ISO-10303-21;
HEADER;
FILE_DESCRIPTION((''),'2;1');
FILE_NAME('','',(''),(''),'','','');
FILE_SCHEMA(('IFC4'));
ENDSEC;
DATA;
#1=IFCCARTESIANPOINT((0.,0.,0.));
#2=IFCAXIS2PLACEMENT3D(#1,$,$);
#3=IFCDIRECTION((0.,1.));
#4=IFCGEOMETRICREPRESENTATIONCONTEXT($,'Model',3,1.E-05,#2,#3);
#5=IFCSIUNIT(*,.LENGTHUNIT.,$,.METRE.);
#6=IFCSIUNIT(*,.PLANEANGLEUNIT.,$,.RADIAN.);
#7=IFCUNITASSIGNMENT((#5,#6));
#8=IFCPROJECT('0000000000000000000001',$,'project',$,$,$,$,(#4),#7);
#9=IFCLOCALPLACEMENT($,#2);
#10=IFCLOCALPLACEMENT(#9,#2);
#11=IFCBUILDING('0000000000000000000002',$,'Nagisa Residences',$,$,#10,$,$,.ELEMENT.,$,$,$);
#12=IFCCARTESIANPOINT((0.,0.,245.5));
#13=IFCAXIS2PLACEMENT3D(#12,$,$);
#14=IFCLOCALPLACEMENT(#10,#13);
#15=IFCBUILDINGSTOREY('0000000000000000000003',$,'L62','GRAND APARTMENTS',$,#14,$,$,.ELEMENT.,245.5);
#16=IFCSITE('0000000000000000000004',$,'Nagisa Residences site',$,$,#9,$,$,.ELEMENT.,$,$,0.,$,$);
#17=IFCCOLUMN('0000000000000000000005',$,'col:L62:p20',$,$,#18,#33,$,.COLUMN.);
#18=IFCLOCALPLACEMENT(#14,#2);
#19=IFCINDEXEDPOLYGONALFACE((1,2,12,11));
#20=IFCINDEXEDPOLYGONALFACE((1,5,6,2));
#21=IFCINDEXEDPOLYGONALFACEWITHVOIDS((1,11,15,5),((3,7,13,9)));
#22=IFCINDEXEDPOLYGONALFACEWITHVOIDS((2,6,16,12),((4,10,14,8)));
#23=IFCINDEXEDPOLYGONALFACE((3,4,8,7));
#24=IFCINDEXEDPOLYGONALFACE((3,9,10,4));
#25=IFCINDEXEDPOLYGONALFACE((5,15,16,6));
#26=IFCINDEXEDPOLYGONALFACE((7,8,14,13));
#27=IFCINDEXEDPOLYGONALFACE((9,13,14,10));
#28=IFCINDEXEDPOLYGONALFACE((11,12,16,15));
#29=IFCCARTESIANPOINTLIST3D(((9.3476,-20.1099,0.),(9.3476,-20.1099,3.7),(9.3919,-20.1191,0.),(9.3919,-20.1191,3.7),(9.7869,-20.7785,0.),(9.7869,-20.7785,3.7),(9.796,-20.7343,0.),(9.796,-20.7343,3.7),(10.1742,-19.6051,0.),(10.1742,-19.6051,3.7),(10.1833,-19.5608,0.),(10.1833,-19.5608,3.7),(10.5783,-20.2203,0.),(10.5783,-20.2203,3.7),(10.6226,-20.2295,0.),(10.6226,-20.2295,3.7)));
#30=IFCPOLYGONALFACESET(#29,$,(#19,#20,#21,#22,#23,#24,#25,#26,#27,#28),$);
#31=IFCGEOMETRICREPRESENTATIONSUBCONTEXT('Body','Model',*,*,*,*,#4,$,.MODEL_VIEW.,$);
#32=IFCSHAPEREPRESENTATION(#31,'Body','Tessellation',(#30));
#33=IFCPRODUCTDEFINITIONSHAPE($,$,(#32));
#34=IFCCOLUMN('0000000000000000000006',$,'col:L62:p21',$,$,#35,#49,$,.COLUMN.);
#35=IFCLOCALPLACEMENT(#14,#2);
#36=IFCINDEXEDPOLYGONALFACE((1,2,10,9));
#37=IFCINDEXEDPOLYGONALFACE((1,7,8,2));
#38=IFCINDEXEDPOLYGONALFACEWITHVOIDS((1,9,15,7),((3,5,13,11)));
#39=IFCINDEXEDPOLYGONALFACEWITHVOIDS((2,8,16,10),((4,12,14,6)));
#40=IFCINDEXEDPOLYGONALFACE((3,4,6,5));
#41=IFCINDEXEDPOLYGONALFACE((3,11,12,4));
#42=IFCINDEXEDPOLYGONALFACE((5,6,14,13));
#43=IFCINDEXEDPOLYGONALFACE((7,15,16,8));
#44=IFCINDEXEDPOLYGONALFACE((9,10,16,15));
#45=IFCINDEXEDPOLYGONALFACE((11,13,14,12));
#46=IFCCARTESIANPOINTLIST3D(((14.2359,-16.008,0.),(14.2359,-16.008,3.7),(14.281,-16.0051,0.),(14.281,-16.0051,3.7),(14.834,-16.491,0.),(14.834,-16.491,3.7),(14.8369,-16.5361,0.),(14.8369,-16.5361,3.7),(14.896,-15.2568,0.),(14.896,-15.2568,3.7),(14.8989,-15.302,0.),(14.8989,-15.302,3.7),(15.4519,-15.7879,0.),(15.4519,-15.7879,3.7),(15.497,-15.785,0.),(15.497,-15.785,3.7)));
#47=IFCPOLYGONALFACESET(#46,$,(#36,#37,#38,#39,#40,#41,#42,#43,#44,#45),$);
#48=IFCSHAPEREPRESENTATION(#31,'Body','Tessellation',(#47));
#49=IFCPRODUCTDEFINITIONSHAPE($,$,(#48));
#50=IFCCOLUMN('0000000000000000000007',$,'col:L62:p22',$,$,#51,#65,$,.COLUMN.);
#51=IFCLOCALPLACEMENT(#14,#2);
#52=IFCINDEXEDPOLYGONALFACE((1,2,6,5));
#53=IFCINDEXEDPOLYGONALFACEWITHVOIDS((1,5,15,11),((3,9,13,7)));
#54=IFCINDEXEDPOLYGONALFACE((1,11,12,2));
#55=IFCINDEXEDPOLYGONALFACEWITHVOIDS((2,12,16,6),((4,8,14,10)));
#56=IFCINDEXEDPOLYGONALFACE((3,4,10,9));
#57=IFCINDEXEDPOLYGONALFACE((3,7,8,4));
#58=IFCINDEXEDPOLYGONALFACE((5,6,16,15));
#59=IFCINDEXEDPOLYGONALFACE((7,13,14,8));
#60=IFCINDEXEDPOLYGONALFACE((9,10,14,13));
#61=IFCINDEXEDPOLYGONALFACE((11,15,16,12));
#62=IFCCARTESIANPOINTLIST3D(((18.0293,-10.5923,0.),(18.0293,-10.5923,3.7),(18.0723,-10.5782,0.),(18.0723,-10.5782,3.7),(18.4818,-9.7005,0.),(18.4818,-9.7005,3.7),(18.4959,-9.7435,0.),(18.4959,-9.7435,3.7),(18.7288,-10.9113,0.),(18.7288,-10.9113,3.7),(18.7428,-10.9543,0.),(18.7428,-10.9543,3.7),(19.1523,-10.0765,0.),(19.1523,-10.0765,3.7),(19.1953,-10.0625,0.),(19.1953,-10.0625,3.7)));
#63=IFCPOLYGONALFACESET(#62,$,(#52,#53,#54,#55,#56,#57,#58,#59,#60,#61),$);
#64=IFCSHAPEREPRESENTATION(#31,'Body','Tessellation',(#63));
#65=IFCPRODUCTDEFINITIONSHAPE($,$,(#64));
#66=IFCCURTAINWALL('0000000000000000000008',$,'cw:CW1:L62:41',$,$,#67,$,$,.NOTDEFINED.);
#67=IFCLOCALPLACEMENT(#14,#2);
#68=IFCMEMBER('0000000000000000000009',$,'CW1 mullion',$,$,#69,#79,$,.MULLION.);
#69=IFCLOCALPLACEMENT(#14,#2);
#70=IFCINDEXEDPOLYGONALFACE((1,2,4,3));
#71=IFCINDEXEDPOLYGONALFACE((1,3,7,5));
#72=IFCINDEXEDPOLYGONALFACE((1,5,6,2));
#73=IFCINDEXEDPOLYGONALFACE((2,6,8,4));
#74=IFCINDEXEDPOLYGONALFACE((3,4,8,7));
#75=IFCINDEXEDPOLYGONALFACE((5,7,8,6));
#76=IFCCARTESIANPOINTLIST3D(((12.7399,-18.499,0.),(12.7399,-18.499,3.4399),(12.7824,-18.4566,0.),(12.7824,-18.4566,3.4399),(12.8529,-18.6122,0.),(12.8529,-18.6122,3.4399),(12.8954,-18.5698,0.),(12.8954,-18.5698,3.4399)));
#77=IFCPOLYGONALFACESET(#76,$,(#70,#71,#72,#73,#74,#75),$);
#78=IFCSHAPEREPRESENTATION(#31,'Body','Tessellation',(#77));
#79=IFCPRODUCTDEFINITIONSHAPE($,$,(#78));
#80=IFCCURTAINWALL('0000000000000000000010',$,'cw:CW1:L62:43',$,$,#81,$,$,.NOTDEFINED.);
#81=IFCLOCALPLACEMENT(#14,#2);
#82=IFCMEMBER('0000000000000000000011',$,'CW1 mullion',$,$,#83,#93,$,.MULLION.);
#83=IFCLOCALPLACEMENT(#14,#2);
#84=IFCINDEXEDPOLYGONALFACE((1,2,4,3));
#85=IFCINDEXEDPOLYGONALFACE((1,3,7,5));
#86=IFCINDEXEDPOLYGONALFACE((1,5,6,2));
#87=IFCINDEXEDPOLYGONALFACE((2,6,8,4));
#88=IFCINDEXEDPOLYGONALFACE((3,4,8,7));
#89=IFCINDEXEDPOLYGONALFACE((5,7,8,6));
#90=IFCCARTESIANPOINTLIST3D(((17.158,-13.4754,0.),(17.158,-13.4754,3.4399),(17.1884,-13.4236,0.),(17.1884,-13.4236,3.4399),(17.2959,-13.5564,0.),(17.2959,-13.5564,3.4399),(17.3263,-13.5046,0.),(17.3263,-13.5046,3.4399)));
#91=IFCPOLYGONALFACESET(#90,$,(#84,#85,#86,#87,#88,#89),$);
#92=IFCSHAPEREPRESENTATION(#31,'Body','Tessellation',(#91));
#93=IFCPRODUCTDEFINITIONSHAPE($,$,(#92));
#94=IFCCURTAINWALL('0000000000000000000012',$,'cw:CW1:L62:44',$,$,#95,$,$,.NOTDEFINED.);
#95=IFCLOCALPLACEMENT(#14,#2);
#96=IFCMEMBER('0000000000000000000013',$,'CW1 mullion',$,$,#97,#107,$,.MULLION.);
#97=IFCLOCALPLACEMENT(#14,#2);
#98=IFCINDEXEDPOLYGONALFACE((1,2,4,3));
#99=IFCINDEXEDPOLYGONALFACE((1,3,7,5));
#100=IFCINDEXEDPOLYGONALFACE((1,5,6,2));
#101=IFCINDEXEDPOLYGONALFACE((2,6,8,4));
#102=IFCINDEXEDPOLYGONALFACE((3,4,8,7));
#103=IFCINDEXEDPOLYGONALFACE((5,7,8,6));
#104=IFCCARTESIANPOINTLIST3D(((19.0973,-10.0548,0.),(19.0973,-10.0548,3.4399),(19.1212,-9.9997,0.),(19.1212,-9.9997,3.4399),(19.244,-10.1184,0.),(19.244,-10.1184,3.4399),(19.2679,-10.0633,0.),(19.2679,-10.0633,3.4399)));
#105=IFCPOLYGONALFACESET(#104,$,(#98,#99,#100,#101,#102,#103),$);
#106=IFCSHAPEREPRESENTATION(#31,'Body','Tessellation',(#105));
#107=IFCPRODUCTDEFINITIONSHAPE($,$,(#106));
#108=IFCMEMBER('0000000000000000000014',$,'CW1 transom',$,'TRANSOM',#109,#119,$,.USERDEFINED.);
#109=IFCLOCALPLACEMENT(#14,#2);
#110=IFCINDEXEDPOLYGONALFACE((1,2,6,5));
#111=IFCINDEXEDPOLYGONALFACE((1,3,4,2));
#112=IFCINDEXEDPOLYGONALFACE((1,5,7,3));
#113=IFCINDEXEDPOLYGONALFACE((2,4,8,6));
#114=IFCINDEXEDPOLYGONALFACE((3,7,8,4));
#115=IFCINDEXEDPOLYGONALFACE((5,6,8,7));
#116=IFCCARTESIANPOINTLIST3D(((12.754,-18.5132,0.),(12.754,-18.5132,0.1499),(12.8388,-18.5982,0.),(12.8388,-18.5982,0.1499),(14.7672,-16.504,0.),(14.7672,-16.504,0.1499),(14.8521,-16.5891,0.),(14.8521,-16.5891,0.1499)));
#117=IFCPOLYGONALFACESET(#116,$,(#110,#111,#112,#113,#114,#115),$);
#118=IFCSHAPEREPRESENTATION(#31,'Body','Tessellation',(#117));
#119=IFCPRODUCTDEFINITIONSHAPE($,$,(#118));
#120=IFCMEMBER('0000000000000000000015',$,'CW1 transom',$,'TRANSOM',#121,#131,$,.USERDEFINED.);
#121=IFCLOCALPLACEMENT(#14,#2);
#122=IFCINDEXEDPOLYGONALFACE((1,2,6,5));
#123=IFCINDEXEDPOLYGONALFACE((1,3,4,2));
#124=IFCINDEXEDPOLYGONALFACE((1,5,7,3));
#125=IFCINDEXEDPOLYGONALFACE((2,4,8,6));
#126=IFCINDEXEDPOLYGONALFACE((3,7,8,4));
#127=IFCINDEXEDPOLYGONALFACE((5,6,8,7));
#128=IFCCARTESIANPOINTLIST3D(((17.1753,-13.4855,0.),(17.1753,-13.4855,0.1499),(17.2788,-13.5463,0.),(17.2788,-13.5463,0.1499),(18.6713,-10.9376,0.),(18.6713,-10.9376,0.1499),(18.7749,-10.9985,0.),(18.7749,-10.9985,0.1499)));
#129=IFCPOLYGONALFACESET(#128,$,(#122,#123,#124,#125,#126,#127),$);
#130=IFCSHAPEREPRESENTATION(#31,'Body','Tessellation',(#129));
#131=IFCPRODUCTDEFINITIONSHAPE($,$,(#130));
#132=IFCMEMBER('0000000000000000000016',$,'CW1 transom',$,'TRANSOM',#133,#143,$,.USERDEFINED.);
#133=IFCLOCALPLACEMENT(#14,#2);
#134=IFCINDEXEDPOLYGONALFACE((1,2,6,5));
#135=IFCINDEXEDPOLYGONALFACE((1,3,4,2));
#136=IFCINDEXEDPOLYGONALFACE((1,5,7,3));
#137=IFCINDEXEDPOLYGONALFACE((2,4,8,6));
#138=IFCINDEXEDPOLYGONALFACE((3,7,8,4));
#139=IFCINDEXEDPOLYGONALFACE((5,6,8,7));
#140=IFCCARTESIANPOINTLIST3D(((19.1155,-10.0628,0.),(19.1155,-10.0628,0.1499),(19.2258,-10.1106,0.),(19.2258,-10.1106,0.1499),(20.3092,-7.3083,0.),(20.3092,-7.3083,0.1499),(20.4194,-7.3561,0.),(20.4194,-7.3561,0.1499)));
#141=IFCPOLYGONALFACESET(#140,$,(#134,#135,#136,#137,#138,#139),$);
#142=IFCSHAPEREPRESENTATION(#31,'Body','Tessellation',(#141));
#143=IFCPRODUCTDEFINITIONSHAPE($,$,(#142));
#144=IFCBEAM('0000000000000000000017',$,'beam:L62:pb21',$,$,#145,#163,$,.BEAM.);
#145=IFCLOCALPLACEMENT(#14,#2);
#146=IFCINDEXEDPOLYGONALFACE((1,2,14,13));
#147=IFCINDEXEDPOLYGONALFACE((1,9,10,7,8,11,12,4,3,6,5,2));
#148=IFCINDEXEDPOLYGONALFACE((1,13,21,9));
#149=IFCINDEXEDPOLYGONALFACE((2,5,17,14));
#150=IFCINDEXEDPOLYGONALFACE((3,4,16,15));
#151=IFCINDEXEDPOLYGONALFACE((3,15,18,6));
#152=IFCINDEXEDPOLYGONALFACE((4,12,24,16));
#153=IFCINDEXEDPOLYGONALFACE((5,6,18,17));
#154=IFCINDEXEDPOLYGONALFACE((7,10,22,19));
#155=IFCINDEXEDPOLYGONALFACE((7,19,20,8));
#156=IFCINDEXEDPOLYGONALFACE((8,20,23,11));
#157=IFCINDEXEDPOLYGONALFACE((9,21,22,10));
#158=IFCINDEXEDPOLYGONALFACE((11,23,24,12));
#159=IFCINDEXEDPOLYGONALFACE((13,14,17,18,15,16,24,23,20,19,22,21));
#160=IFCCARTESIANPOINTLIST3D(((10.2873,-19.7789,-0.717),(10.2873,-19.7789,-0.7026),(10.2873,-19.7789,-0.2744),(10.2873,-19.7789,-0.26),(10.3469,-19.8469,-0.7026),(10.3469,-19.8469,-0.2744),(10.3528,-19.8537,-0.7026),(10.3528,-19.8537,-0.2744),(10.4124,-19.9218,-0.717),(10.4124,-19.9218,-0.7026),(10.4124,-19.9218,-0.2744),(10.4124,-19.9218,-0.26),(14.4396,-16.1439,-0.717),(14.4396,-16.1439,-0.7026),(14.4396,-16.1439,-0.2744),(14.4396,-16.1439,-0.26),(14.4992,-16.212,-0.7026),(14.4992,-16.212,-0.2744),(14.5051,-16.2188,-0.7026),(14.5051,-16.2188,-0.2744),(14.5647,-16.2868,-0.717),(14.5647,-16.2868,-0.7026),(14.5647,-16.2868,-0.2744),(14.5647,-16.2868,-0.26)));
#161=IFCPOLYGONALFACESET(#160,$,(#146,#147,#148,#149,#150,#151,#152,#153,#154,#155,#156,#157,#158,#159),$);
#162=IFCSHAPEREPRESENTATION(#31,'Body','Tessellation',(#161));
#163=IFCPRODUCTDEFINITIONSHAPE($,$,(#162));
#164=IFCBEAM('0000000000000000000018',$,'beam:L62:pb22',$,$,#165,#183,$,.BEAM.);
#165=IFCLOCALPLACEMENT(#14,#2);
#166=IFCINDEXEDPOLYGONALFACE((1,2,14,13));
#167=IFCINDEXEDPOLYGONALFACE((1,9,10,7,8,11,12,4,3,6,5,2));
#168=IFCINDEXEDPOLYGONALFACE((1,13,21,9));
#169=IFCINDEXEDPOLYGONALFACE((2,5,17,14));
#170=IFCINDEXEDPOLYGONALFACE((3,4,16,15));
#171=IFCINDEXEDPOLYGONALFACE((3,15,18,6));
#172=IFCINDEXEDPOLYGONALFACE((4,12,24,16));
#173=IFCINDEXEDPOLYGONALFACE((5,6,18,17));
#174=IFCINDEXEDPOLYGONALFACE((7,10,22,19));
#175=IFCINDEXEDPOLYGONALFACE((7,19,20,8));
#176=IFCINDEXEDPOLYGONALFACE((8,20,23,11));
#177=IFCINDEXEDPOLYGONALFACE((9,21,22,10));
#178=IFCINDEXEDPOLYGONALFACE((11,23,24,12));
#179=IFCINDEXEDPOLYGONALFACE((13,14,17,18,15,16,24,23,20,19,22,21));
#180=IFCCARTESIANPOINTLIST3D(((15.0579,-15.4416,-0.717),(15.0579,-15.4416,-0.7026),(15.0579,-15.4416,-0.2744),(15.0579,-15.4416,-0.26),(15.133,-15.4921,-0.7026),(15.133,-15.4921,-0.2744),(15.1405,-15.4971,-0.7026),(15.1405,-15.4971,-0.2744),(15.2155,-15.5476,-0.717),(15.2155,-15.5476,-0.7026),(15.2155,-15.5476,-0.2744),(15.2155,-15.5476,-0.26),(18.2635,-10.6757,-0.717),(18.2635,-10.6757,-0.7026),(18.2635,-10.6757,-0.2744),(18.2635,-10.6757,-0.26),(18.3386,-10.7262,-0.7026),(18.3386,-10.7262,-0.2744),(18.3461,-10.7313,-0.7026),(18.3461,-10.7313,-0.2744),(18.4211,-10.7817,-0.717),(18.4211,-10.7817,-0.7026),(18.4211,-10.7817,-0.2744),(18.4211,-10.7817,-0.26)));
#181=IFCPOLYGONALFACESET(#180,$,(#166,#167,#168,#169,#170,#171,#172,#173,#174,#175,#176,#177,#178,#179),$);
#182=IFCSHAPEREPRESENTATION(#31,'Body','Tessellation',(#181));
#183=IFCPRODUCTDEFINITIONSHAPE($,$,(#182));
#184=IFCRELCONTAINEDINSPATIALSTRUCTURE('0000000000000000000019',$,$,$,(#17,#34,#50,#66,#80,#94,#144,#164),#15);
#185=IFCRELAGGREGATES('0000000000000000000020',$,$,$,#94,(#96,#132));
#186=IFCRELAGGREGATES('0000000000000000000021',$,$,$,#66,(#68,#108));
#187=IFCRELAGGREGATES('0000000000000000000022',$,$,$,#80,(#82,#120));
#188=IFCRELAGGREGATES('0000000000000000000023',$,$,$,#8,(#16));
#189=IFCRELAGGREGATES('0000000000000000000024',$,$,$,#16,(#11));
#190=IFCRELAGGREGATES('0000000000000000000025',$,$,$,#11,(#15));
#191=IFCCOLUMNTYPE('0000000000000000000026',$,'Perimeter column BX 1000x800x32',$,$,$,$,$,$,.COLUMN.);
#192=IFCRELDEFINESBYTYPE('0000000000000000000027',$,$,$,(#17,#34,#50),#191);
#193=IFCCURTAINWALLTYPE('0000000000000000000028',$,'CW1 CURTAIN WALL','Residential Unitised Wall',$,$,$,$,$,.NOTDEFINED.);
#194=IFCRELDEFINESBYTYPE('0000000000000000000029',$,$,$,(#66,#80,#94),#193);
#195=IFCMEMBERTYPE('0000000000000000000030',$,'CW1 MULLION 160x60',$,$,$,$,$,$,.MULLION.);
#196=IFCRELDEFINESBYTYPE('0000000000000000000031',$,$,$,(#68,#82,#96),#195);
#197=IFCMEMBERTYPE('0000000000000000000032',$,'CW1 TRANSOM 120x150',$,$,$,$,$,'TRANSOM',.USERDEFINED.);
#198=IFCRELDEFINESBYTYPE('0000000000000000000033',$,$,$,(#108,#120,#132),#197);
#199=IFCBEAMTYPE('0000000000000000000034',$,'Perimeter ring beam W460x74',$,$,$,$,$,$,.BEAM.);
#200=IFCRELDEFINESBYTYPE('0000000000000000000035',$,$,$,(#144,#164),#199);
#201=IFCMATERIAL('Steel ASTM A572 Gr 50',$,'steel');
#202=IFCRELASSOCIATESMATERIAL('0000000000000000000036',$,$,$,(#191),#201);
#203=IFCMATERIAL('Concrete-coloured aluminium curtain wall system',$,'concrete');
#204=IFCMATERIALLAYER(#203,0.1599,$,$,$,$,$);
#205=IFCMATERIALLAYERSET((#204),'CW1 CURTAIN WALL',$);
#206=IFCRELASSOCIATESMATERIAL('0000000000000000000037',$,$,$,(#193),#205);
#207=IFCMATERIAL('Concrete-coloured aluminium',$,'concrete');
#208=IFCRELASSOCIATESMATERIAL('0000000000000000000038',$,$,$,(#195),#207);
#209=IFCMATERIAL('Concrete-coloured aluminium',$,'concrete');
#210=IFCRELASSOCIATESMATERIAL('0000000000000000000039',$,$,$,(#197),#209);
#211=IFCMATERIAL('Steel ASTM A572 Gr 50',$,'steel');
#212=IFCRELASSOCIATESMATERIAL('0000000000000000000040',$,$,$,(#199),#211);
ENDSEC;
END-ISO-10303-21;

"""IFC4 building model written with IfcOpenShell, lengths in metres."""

from ifc_helpers import new_model, si_unit, direction, frame, origin, origin_2d, place, context, subcontext, project, spatial, rectangle, hollow_rectangle, i_section, extrude, material, layer, layer_set, material_profile, profile_set, type_object, element, aggregate, save


model = new_model("IFC4")

# Units and contexts
model_context = context("Model", 3, precision=1e-05, world=origin(), true_north=direction((0.0, 1.0)))
body_context = subcontext(model_context, "Body", "Model", "MODEL_VIEW")
ifc_project = project(units=[si_unit("LENGTHUNIT", "METRE"), si_unit("PLANEANGLEUNIT", "RADIAN")], contexts=[model_context])

# Site, building, storey
site_placement = place(None, origin())
site = spatial("IfcSite", under=ifc_project, at=site_placement, Name="Nagisa Residences site", CompositionType="ELEMENT", RefElevation=0.0)
building_placement = place(site_placement, origin())
building = spatial("IfcBuilding", under=site, at=building_placement, Name="Nagisa Residences", CompositionType="ELEMENT")
storey_placement = place(building_placement, frame((0.0, 0.0, 245.5)))
storey = spatial("IfcBuildingStorey", under=building, at=storey_placement, Name="L62", Description="GRAND APARTMENTS", CompositionType="ELEMENT", Elevation=245.5)

# Columns
ifc_material_1 = material(Name="Steel ASTM A572 Gr 50", Category="steel")
ifc_material_profile_1 = material_profile(ifc_material_1, hollow_rectangle(XDim=1.0, YDim=0.8, WallThickness=0.032, at=origin_2d()), Name="BX 1000x800x32")
ifc_profile_set_1 = profile_set([ifc_material_profile_1], Name="Steel ASTM A572 Gr 50")
column_type = type_object("IfcColumnType", Name="Perimeter column BX 1000x800x32", PredefinedType="COLUMN", material=ifc_profile_set_1)
for number, where, z_axis, x_axis, name in (
    (1, (9.9851, -20.1697, 0.0), (0.0, 0.0, 1.0), (0.835766, 0.549086, 0.0), "col:L62:p20"),
    (2, (14.8665, -15.8965, 0.0), (0.0, 0.0, 1.0), (0.660115, 0.751165, 0.0), "col:L62:p21"),
    (3, (18.6123, -10.3274, 0.0), (0.0, 0.0, 1.0), (0.452463, 0.891783, 0.0), "col:L62:p22"),
):
    element("IfcColumn", number, at=place(storey_placement, frame(where, z_axis=z_axis, x_axis=x_axis)), inside=storey, type_object=column_type, Name=name, PredefinedType="COLUMN", context=body_context, shape_type="SweptSolid", body=[
        extrude(hollow_rectangle(XDim=1.0, YDim=0.8, WallThickness=0.032, at=origin_2d()), origin(), (0.0, 0.0, 1.0), 3.7),
    ])

# Curtain walls, members
ifc_material_2 = material(Name="Concrete-coloured aluminium curtain wall system", Category="concrete")
ifc_layer_1 = layer(ifc_material_2, 0.1599)
ifc_layer_set_1 = layer_set([ifc_layer_1], Name="CW1 CURTAIN WALL")
curtain_wall_type = type_object("IfcCurtainWallType", Name="CW1 CURTAIN WALL", Description="Residential Unitised Wall", PredefinedType="NOTDEFINED", material=ifc_layer_set_1)
curtain_wall_1_placement = place(storey_placement, origin())
curtain_wall_1 = element("IfcCurtainWall", 4, at=curtain_wall_1_placement, inside=storey, type_object=curtain_wall_type, Name="cw:CW1:L62:41", PredefinedType="NOTDEFINED")
ifc_material_3 = material(Name="Concrete-coloured aluminium", Category="concrete")
ifc_material_profile_2 = material_profile(ifc_material_3, rectangle(XDim=0.1599, YDim=0.0601, at=origin_2d()), Name="CW1 MULLION 160x60")
ifc_profile_set_2 = profile_set([ifc_material_profile_2], Name="Concrete-coloured aluminium")
member_type_1 = type_object("IfcMemberType", Name="CW1 MULLION 160x60", PredefinedType="MULLION", material=ifc_profile_set_2)
member_1_placement = place(storey_placement, frame((12.8176, -18.5344, 0.0), z_axis=(0.0, 0.0, 1.0), x_axis=(-0.706377, 0.707836, 0.0)))
member_1 = element("IfcMember", 5, at=member_1_placement, type_object=member_type_1, Name="CW1 mullion", PredefinedType="MULLION", context=body_context, shape_type="SweptSolid", body=[
    extrude(rectangle(XDim=0.1599, YDim=0.0601, at=origin_2d()), origin(), (0.0, 0.0, 1.0), 3.4399),
])
curtain_wall_2_placement = place(storey_placement, origin())
curtain_wall_2 = element("IfcCurtainWall", 6, at=curtain_wall_2_placement, inside=storey, type_object=curtain_wall_type, Name="cw:CW1:L62:43", PredefinedType="NOTDEFINED")
member_2_placement = place(storey_placement, frame((17.2422, -13.49, 0.0), z_axis=(0.0, 0.0, 1.0), x_axis=(-0.862329, 0.506349, 0.0)))
member_2 = element("IfcMember", 7, at=member_2_placement, type_object=member_type_1, Name="CW1 mullion", PredefinedType="MULLION", context=body_context, shape_type="SweptSolid", body=[
    extrude(rectangle(XDim=0.1599, YDim=0.0601, at=origin_2d()), origin(), (0.0, 0.0, 1.0), 3.4399),
])
curtain_wall_3_placement = place(storey_placement, origin())
curtain_wall_3 = element("IfcCurtainWall", 8, at=curtain_wall_3_placement, inside=storey, type_object=curtain_wall_type, Name="cw:CW1:L62:44", PredefinedType="NOTDEFINED")
member_3_placement = place(storey_placement, frame((19.1826, -10.0591, 0.0), z_axis=(0.0, 0.0, 1.0), x_axis=(-0.917543, 0.397636, 0.0)))
member_3 = element("IfcMember", 9, at=member_3_placement, type_object=member_type_1, Name="CW1 mullion", PredefinedType="MULLION", context=body_context, shape_type="SweptSolid", body=[
    extrude(rectangle(XDim=0.1599, YDim=0.0601, at=origin_2d()), origin(), (0.0, 0.0, 1.0), 3.4399),
])

# Members
ifc_material_4 = material(Name="Concrete-coloured aluminium", Category="concrete")
ifc_material_profile_3 = material_profile(ifc_material_4, rectangle(XDim=0.1201, YDim=0.1499, at=origin_2d()), Name="CW1 TRANSOM 120x150")
ifc_profile_set_3 = profile_set([ifc_material_profile_3], Name="Concrete-coloured aluminium")
member_type_2 = type_object("IfcMemberType", Name="CW1 TRANSOM 120x150", ElementType="TRANSOM", PredefinedType="USERDEFINED", material=ifc_profile_set_3)
member_4_placement = place(storey_placement, frame((12.7964, -18.5557, 0.075), z_axis=(0.707836, 0.706377, 0.0), x_axis=(-0.706377, 0.707836, 0.0)))
member_4 = element("IfcMember", 10, at=member_4_placement, type_object=member_type_2, Name="CW1 transom", ObjectType="TRANSOM", PredefinedType="USERDEFINED", context=body_context, shape_type="SweptSolid", body=[
    extrude(rectangle(XDim=0.1201, YDim=0.1499, at=origin_2d()), origin(), (0.0, 0.0, 1.0), 2.8442),
])
member_5_placement = place(storey_placement, frame((17.2271, -13.5159, 0.075), z_axis=(0.506356, 0.862325, 0.0), x_axis=(-0.862325, 0.506356, 0.0)))
member_5 = element("IfcMember", 11, at=member_5_placement, type_object=member_type_2, Name="CW1 transom", ObjectType="TRANSOM", PredefinedType="USERDEFINED", context=body_context, shape_type="SweptSolid", body=[
    extrude(rectangle(XDim=0.1201, YDim=0.1499, at=origin_2d()), origin(), (0.0, 0.0, 1.0), 2.9546),
])
member_6_placement = place(storey_placement, frame((19.1707, -10.0867, 0.075), z_axis=(0.397617, 0.917552, 0.0), x_axis=(-0.917552, 0.397617, 0.0)))
member_6 = element("IfcMember", 12, at=member_6_placement, type_object=member_type_2, Name="CW1 transom", ObjectType="TRANSOM", PredefinedType="USERDEFINED", context=body_context, shape_type="SweptSolid", body=[
    extrude(rectangle(XDim=0.1201, YDim=0.1499, at=origin_2d()), origin(), (0.0, 0.0, 1.0), 3.002),
])
aggregate(curtain_wall_3, [member_3, member_6])

# Beams
ifc_material_5 = material(Name="Steel ASTM A572 Gr 50", Category="steel")
ifc_material_profile_4 = material_profile(ifc_material_5, i_section(OverallWidth=0.1899, OverallDepth=0.457, WebThickness=0.009, FlangeThickness=0.0144, at=origin_2d()), Name="W460x74")
ifc_profile_set_4 = profile_set([ifc_material_profile_4], Name="Steel ASTM A572 Gr 50")
beam_type_1 = type_object("IfcBeamType", Name="Perimeter ring beam W460x74", PredefinedType="BEAM", material=ifc_profile_set_4)
beam_1_placement = place(storey_placement, frame((10.3499, -19.8503, -0.4885), z_axis=(0.752423, 0.65868, 0.0), x_axis=(-0.65868, 0.752423, 0.0)))
element("IfcBeam", 13, at=beam_1_placement, inside=storey, type_object=beam_type_1, Name="beam:L62:pb21", PredefinedType="BEAM", context=body_context, shape_type="SweptSolid", body=[
    extrude(i_section(OverallWidth=0.1899, OverallDepth=0.457, WebThickness=0.009, FlangeThickness=0.0144, at=origin_2d()), origin(), (0.0, 0.0, 1.0), 5.5186),
])
beam_2_placement = place(storey_placement, frame((15.1367, -15.4946, -0.4885), z_axis=(0.558109, 0.829768, 0.0), x_axis=(-0.829768, 0.558109, 0.0)))
element("IfcBeam", 14, at=beam_2_placement, inside=storey, type_object=beam_type_1, Name="beam:L62:pb22", PredefinedType="BEAM", context=body_context, shape_type="SweptSolid", body=[
    extrude(i_section(OverallWidth=0.1899, OverallDepth=0.457, WebThickness=0.009, FlangeThickness=0.0144, at=origin_2d()), origin(), (0.0, 0.0, 1.0), 5.7437),
])

aggregate(curtain_wall_1, [member_1, member_4])
aggregate(curtain_wall_2, [member_2, member_5])

save(model, "model.ifc")
